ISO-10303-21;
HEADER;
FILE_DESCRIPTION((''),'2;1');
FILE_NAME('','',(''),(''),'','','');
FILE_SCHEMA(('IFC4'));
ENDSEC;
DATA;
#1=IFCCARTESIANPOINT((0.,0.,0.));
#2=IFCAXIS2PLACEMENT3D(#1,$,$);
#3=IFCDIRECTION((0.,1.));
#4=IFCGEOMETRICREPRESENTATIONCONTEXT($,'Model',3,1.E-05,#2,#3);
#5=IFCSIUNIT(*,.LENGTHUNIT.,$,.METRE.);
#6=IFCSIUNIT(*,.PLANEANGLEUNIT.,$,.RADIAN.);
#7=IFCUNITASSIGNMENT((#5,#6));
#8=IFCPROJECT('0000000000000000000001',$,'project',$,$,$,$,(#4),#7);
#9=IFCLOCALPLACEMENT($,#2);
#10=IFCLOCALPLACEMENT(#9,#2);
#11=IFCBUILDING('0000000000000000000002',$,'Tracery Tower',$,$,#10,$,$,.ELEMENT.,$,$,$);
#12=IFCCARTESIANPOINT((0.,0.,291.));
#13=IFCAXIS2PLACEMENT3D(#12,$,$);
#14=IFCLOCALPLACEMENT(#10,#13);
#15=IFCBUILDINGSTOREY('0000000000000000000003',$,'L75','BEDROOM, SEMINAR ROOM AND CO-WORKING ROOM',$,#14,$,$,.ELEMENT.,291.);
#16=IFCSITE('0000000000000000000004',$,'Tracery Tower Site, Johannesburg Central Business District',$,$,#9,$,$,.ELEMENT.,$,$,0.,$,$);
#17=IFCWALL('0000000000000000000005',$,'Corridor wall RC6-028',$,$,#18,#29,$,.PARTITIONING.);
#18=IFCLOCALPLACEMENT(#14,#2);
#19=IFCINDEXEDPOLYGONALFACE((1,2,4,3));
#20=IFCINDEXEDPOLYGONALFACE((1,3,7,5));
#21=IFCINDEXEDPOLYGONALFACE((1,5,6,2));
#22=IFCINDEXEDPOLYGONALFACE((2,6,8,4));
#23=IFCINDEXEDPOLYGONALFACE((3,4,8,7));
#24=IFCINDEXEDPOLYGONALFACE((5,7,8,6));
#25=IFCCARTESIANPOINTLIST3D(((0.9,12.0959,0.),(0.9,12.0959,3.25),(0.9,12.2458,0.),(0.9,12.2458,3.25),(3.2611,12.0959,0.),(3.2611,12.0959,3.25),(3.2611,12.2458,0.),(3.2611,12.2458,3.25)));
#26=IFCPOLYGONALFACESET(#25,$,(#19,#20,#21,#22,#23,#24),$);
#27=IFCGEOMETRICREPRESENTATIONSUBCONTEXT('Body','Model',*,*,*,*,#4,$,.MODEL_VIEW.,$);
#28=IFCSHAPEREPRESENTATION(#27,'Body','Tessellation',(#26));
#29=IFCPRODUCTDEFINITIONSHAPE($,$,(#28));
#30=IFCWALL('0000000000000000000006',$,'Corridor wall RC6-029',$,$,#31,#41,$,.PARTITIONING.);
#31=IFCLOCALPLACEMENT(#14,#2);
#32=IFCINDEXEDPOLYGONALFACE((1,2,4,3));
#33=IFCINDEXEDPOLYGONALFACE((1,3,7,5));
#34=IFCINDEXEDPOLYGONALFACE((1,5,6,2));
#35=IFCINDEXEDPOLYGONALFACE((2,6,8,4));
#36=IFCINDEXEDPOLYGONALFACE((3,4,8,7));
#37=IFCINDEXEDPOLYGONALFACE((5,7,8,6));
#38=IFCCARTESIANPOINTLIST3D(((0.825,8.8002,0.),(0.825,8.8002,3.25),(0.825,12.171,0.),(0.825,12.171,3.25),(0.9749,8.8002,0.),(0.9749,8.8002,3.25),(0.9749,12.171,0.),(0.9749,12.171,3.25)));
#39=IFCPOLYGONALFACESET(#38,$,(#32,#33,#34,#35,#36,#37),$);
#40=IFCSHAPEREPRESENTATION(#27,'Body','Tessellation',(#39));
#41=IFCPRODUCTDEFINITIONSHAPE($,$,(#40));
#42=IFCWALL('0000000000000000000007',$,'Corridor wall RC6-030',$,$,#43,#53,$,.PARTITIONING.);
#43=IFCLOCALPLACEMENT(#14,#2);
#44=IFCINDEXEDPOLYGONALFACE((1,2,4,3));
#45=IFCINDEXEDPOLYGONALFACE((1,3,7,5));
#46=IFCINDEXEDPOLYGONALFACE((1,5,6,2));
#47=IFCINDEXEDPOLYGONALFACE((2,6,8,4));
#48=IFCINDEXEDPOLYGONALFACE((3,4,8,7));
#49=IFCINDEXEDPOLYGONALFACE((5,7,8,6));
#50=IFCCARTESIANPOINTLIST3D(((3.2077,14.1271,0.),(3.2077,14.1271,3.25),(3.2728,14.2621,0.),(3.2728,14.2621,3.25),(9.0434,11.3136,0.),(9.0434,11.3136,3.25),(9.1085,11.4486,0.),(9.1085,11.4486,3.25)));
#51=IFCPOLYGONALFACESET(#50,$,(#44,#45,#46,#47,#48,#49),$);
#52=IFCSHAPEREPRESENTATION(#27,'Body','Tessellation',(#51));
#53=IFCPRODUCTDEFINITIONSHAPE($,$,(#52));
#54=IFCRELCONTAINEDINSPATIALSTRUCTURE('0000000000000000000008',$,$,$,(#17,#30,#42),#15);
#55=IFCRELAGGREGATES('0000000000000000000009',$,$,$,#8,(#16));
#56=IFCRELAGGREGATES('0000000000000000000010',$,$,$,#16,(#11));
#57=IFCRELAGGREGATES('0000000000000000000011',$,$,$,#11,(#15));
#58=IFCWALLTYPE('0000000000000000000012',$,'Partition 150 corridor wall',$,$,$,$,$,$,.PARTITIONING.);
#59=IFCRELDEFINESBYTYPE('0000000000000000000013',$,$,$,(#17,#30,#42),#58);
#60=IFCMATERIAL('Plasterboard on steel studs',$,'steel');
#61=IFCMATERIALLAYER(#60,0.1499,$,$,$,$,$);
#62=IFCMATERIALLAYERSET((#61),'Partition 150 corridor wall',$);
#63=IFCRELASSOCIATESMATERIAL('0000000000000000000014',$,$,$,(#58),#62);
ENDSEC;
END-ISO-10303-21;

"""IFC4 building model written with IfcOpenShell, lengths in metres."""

from ifc_helpers import new_model, si_unit, direction, frame, frame_2d, origin, place, context, subcontext, project, spatial, rectangle, extrude, material, layer, layer_set, type_object, element, save


model = new_model("IFC4")

# Units and contexts
model_context = context("Model", 3, precision=1e-05, world=origin(), true_north=direction((0.0, 1.0)))
body_context = subcontext(model_context, "Body", "Model", "MODEL_VIEW")
ifc_project = project(units=[si_unit("LENGTHUNIT", "METRE"), si_unit("PLANEANGLEUNIT", "RADIAN")], contexts=[model_context])

# Site, building, storey
site_placement = place(None, origin())
site = spatial("IfcSite", under=ifc_project, at=site_placement, Name="Tracery Tower Site, Johannesburg Central Business District", CompositionType="ELEMENT", RefElevation=0.0)
building_placement = place(site_placement, origin())
building = spatial("IfcBuilding", under=site, at=building_placement, Name="Tracery Tower", CompositionType="ELEMENT")
storey_placement = place(building_placement, frame((0.0, 0.0, 291.0)))
storey = spatial("IfcBuildingStorey", under=building, at=storey_placement, Name="L75", Description="BEDROOM, SEMINAR ROOM AND CO-WORKING ROOM", CompositionType="ELEMENT", Elevation=291.0)

# Shared definitions
ifc_material_1 = material(Name="Plasterboard on steel studs", Category="steel")
ifc_layer_1 = layer(ifc_material_1, 0.1499)
ifc_layer_set_1 = layer_set([ifc_layer_1], Name="Partition 150 corridor wall")
wall_type_1 = type_object("IfcWallType", Name="Partition 150 corridor wall", PredefinedType="PARTITIONING", material=ifc_layer_set_1)

# Walls
wall_1_placement = place(storey_placement, frame((0.8999, 12.1709, 0.0), z_axis=(0.0, 0.0, 1.0), x_axis=(1.0, 0.0, 0.0)))
element("IfcWall", 1, at=wall_1_placement, inside=storey, type_object=wall_type_1, Name="Corridor wall RC6-028", PredefinedType="PARTITIONING", context=body_context, shape_type="SweptSolid", body=[
    extrude(rectangle(XDim=2.3611, YDim=0.1499, at=frame_2d((1.1807, 0.0))), origin(), (0.0, 0.0, 1.0), 3.25),
])
wall_2_placement = place(storey_placement, frame((0.8999, 8.8, 0.0), z_axis=(0.0, 0.0, 1.0), x_axis=(0.0, 1.0, 0.0)))
element("IfcWall", 2, at=wall_2_placement, inside=storey, type_object=wall_type_1, Name="Corridor wall RC6-029", PredefinedType="PARTITIONING", context=body_context, shape_type="SweptSolid", body=[
    extrude(rectangle(XDim=3.3708, YDim=0.1499, at=frame_2d((1.6855, 0.0))), origin(), (0.0, 0.0, 1.0), 3.25),
])
wall_3_placement = place(storey_placement, frame((3.2402, 14.1946, 0.0), z_axis=(0.0, 0.0, 1.0), x_axis=(0.900778, -0.434279, 0.0)))
element("IfcWall", 3, at=wall_3_placement, inside=storey, type_object=wall_type_1, Name="Corridor wall RC6-030", PredefinedType="PARTITIONING", context=body_context, shape_type="SweptSolid", body=[
    extrude(rectangle(XDim=6.4785, YDim=0.1499, at=frame_2d((3.2393, 0.0))), origin(), (0.0, 0.0, 1.0), 3.25),
])

save(model, "model.ifc")
